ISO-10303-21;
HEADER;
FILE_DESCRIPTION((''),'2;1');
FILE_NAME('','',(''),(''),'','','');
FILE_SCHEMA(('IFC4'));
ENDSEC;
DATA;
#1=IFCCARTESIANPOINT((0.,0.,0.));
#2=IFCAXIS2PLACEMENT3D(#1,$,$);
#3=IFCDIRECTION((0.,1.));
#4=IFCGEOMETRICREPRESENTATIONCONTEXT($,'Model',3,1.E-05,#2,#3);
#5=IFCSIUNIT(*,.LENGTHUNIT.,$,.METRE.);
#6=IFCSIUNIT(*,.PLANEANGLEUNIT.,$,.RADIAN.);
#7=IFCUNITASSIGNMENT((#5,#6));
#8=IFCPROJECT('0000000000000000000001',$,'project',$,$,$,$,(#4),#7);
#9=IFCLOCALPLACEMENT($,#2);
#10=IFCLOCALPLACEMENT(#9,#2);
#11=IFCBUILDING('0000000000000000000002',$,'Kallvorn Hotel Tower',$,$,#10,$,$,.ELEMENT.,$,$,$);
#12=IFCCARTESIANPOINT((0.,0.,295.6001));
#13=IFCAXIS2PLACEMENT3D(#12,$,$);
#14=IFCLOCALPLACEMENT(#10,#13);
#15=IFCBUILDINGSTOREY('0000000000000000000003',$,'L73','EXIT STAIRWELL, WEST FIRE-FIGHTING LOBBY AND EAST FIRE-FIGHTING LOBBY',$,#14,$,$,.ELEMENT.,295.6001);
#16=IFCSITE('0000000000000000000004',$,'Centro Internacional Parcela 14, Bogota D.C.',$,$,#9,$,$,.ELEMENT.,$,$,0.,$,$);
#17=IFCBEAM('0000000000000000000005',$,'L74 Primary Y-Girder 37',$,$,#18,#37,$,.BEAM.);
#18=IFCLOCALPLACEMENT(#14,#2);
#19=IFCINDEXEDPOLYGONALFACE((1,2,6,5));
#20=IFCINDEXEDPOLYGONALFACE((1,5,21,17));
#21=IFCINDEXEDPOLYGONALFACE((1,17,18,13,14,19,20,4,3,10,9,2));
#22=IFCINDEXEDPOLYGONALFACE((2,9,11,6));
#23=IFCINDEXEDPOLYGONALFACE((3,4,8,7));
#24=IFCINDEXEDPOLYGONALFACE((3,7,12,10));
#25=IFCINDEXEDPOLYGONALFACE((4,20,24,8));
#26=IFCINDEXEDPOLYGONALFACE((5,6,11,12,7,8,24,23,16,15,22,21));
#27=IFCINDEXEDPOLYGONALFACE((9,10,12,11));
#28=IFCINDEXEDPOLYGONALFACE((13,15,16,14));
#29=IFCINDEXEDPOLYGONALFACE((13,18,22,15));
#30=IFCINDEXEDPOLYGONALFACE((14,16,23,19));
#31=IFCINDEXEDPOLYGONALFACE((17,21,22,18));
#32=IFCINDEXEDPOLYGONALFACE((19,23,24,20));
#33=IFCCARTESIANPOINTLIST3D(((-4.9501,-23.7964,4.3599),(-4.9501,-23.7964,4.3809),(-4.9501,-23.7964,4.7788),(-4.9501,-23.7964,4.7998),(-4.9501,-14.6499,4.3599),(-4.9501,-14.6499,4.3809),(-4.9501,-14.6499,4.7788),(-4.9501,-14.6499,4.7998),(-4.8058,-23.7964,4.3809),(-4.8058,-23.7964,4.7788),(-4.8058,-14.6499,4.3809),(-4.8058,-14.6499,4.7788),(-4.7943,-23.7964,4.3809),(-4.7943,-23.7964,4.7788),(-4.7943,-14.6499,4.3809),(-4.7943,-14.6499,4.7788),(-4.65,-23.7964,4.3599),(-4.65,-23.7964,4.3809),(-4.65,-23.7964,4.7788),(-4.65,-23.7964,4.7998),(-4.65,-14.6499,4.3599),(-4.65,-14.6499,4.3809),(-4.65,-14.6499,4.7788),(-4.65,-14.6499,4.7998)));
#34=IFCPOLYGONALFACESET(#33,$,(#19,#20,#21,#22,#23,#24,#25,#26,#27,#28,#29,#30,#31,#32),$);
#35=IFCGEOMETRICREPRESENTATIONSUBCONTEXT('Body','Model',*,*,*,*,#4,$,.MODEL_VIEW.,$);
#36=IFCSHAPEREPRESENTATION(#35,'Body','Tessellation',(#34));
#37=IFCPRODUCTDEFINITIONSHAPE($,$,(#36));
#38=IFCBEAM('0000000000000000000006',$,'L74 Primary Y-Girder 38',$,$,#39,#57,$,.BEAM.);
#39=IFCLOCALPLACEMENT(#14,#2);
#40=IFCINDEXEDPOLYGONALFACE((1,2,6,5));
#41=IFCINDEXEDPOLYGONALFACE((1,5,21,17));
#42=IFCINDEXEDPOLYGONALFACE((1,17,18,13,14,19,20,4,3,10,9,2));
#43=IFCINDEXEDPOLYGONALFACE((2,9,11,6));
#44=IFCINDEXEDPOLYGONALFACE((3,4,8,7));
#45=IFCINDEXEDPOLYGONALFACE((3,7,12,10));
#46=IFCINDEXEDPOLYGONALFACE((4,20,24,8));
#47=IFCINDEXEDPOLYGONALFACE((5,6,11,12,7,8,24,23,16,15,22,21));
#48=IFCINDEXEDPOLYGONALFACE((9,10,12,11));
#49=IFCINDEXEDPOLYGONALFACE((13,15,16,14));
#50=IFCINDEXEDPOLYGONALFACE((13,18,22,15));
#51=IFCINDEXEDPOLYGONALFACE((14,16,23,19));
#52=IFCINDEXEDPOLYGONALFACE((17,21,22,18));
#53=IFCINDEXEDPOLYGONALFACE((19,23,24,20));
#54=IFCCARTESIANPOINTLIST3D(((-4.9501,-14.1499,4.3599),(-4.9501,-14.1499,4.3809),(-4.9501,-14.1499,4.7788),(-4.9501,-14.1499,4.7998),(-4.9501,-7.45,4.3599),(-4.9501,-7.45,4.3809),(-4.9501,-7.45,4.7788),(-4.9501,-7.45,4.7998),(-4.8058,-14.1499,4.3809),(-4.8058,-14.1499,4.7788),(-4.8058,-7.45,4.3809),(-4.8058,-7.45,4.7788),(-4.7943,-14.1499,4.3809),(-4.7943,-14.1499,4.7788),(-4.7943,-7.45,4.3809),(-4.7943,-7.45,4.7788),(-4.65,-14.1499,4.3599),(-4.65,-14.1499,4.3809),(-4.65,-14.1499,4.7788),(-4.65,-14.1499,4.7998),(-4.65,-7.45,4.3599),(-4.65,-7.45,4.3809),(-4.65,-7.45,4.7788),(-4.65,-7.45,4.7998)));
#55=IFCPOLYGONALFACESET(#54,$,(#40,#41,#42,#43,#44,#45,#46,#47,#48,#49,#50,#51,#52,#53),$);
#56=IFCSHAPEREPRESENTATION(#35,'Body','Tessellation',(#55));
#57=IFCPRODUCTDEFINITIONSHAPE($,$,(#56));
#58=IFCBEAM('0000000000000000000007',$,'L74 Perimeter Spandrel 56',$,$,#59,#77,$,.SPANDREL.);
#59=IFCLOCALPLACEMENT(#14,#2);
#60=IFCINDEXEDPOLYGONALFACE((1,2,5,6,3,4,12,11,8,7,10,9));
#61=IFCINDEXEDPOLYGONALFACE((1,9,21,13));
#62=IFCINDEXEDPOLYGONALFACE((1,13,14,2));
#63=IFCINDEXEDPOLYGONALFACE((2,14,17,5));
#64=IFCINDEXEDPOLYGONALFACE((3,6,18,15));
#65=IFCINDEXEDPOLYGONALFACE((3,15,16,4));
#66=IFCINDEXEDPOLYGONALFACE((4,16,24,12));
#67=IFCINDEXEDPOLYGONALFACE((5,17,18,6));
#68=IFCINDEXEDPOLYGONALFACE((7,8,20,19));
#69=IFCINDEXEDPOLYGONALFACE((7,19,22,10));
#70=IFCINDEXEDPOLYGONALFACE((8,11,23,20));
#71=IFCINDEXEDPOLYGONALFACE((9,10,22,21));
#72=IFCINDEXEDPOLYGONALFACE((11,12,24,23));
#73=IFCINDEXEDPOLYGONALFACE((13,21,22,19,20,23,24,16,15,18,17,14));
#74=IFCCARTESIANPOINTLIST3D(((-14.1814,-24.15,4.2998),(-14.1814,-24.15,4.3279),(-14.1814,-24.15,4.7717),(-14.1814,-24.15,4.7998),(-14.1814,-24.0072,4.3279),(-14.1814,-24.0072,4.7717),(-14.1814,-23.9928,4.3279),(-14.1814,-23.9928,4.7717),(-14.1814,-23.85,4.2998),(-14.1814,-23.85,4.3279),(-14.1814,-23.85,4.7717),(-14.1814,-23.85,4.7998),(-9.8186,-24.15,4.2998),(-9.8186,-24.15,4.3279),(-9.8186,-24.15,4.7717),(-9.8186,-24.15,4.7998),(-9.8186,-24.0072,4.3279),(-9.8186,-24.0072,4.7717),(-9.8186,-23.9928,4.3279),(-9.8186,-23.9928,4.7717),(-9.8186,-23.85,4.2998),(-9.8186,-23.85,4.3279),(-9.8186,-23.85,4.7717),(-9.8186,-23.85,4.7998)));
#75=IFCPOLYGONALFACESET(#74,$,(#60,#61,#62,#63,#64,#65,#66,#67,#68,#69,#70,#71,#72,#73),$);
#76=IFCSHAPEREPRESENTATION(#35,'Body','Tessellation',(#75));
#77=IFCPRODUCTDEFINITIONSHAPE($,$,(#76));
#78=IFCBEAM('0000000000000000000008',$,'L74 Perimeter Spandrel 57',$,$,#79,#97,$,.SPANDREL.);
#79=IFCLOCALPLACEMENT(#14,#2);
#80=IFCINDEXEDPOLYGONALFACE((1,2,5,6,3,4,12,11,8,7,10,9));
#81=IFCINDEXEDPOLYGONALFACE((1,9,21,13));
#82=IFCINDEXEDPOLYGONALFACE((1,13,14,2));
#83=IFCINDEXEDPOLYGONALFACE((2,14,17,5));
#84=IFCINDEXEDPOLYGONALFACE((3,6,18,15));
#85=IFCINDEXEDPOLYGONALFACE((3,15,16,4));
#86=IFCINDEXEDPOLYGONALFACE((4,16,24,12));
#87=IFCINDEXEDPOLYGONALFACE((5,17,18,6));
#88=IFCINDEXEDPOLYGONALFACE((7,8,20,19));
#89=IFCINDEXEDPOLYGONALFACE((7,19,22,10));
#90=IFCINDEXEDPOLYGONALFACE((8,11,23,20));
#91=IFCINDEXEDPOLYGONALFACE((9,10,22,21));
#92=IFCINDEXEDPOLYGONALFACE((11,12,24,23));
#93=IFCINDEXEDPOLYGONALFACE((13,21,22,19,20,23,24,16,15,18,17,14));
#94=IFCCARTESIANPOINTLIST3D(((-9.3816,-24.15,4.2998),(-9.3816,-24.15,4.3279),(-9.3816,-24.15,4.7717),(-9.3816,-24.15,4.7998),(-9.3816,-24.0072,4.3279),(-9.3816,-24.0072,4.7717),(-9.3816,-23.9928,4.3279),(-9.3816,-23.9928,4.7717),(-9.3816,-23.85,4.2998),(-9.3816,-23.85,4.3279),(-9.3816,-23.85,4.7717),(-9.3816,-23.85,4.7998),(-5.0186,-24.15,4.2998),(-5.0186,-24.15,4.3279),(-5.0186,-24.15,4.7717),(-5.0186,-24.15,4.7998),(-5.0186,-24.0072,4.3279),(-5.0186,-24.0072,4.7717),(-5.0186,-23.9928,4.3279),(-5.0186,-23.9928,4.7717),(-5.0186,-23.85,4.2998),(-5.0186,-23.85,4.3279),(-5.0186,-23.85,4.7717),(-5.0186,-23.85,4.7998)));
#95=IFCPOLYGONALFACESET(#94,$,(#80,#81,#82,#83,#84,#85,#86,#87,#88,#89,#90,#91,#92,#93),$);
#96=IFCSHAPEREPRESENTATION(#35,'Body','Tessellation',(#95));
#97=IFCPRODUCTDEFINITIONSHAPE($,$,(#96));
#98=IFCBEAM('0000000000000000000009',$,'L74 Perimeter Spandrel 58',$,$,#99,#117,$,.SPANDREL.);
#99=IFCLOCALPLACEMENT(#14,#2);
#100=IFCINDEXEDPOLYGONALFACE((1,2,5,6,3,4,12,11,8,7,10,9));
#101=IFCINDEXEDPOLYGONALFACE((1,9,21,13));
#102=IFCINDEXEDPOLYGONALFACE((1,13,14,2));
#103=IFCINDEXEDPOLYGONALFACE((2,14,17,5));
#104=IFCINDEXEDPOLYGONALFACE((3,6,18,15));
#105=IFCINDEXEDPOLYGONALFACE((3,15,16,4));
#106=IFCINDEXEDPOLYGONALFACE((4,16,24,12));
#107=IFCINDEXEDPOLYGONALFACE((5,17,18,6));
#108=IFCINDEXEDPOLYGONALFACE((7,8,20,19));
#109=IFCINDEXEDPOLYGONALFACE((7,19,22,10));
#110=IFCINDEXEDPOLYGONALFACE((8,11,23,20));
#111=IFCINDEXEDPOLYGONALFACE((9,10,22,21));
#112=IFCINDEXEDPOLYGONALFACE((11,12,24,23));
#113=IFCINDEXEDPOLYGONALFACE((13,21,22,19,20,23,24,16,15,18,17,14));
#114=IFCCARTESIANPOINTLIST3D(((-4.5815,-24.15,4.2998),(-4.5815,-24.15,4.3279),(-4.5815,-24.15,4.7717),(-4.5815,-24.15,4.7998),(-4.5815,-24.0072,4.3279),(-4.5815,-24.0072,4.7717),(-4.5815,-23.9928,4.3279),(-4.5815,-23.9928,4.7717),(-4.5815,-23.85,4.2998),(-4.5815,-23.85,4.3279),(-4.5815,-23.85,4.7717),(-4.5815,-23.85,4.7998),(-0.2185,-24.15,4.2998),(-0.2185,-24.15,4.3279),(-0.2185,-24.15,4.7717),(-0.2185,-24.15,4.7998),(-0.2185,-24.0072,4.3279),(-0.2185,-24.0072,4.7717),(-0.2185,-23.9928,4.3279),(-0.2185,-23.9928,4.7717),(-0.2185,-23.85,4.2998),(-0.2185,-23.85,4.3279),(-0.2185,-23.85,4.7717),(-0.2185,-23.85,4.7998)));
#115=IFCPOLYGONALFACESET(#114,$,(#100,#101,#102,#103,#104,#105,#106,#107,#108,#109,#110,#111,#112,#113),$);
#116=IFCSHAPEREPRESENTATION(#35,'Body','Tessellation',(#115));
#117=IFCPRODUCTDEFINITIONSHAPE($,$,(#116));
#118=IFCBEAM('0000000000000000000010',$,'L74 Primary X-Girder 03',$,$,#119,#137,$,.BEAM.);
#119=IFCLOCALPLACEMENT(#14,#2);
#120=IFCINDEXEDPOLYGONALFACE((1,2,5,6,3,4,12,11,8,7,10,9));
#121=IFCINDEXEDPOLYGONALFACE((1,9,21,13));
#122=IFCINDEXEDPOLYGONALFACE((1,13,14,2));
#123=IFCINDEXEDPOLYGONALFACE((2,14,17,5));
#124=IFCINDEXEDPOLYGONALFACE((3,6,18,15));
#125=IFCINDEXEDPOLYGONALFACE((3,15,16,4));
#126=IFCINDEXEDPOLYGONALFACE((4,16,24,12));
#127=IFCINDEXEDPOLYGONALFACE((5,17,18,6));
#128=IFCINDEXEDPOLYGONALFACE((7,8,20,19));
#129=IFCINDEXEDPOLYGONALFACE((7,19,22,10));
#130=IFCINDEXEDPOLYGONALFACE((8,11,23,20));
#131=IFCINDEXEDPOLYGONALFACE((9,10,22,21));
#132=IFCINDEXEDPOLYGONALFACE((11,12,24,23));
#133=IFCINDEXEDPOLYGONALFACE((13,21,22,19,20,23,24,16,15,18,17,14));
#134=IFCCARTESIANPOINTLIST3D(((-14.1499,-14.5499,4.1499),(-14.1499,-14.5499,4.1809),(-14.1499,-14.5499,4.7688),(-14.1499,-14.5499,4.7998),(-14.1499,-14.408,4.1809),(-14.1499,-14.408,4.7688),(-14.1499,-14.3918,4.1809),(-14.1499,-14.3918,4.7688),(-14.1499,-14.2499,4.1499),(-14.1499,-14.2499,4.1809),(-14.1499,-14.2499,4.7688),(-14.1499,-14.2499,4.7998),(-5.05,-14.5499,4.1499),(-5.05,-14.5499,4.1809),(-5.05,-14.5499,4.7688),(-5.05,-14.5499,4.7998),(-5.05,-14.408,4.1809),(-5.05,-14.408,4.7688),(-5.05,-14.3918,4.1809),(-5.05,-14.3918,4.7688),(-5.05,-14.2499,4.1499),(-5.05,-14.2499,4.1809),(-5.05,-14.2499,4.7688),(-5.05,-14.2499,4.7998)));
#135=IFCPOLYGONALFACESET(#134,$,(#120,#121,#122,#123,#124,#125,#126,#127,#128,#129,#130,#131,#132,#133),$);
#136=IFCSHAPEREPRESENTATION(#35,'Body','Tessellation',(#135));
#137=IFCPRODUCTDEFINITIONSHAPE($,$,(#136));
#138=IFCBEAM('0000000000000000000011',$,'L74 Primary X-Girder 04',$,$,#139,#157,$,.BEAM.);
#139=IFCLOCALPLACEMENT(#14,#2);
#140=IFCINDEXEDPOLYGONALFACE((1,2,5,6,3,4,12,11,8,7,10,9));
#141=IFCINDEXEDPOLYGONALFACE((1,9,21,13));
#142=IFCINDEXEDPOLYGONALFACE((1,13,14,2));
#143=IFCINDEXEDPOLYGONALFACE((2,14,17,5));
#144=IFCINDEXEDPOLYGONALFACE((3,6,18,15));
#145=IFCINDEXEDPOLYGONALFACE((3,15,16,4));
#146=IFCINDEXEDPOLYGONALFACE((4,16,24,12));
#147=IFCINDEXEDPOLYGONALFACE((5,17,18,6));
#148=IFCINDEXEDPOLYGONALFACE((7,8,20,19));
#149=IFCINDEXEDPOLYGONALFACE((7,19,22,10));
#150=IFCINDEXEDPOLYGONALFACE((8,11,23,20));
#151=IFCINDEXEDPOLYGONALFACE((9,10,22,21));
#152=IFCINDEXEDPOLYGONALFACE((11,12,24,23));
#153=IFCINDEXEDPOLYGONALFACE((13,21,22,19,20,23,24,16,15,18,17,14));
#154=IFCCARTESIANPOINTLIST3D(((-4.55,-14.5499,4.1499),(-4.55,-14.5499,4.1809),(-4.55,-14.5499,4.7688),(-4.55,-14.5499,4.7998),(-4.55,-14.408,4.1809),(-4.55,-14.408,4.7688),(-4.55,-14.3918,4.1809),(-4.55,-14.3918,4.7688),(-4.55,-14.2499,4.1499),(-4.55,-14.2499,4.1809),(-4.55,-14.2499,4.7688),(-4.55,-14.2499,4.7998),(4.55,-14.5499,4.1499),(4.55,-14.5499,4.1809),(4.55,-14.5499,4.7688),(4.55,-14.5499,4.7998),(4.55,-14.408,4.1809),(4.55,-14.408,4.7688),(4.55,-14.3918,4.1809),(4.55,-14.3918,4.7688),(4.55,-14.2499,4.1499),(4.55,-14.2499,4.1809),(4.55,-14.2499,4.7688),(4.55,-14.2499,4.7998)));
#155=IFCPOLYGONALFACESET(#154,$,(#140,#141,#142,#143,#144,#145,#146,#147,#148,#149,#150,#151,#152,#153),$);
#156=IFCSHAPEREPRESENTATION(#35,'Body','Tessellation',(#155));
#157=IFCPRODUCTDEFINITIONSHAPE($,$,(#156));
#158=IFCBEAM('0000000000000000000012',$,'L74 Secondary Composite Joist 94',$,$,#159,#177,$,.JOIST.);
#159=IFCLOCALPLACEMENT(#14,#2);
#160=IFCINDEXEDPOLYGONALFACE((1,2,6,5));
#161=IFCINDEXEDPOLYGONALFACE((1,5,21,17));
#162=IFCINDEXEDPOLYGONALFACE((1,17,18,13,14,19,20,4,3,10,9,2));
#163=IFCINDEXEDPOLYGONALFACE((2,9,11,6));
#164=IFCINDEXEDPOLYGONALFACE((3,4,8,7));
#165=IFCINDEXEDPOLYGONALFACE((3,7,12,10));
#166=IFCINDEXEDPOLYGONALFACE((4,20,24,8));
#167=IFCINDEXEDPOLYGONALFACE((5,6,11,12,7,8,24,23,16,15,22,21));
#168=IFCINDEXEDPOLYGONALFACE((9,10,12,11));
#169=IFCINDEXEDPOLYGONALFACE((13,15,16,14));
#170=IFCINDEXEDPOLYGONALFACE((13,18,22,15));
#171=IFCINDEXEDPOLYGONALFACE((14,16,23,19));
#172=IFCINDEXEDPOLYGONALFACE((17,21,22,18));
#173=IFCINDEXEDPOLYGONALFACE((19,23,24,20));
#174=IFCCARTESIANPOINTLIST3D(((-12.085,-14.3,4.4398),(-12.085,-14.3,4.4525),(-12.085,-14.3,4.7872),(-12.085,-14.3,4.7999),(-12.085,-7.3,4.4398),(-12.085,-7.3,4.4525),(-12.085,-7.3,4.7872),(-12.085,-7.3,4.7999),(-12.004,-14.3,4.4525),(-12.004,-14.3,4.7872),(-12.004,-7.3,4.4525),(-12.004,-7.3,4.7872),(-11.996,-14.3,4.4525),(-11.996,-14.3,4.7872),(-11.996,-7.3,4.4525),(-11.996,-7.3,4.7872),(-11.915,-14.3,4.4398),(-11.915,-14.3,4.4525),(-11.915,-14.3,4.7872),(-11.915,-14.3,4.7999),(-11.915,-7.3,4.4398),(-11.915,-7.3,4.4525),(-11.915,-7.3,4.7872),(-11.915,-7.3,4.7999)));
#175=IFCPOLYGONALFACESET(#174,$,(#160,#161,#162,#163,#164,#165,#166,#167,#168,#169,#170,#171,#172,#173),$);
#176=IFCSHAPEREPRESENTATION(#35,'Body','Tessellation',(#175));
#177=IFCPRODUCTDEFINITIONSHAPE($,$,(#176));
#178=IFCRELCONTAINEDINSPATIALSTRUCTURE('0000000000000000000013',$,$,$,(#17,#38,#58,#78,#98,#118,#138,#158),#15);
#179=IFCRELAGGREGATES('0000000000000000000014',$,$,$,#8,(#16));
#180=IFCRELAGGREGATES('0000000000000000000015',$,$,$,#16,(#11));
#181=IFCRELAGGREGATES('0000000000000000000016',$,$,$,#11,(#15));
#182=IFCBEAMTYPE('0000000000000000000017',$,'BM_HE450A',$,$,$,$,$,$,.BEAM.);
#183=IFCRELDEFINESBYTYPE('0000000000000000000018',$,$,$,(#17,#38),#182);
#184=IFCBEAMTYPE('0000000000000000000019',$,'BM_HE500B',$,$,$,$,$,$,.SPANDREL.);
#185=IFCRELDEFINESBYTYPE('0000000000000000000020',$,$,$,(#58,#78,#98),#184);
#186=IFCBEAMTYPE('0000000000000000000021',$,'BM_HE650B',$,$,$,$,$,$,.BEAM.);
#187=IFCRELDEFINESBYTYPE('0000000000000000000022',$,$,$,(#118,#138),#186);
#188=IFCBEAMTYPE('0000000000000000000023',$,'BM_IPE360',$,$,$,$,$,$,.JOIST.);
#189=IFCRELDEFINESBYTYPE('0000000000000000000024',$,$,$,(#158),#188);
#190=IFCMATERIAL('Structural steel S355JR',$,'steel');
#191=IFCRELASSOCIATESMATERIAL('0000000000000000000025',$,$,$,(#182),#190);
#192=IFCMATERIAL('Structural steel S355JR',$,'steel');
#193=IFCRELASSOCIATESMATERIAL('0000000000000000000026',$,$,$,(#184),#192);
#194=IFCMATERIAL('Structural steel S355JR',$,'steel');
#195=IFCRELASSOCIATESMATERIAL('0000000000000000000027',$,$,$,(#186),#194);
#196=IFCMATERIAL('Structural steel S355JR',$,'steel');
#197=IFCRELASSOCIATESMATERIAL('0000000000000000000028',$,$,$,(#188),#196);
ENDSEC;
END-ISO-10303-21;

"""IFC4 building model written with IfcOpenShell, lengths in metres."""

from ifc_helpers import new_model, si_unit, direction, frame, origin, origin_2d, place, context, subcontext, project, spatial, i_section, extrude, material, material_profile, profile_set, type_object, element, save


model = new_model("IFC4")

# Units and contexts
model_context = context("Model", 3, precision=1e-05, world=origin(), true_north=direction((0.0, 1.0)))
body_context = subcontext(model_context, "Body", "Model", "MODEL_VIEW")
ifc_project = project(units=[si_unit("LENGTHUNIT", "METRE"), si_unit("PLANEANGLEUNIT", "RADIAN")], contexts=[model_context])

# Site, building, storey
site_placement = place(None, origin())
site = spatial("IfcSite", under=ifc_project, at=site_placement, Name="Centro Internacional Parcela 14, Bogota D.C.", CompositionType="ELEMENT", RefElevation=0.0)
building_placement = place(site_placement, origin())
building = spatial("IfcBuilding", under=site, at=building_placement, Name="Kallvorn Hotel Tower", CompositionType="ELEMENT")
storey_placement = place(building_placement, frame((0.0, 0.0, 295.6001)))
storey = spatial("IfcBuildingStorey", under=building, at=storey_placement, Name="L73", Description="EXIT STAIRWELL, WEST FIRE-FIGHTING LOBBY AND EAST FIRE-FIGHTING LOBBY", CompositionType="ELEMENT", Elevation=295.6001)

# Beams
ifc_material_1 = material(Name="Structural steel S355JR", Category="steel")
ifc_material_profile_1 = material_profile(ifc_material_1, i_section(OverallWidth=0.3, OverallDepth=0.4399, WebThickness=0.0115, FlangeThickness=0.021, at=origin_2d()), Name="HE 450 A")
ifc_profile_set_1 = profile_set([ifc_material_profile_1], Name="Structural steel S355JR")
beam_type_1 = type_object("IfcBeamType", Name="BM_HE450A", PredefinedType="BEAM", material=ifc_profile_set_1)
beam_1_placement = place(storey_placement, frame((-4.8, -23.7964, 4.5798), z_axis=(0.0, 1.0, 0.0), x_axis=(-1.0, 0.0, 0.0)))
element("IfcBeam", 1, at=beam_1_placement, inside=storey, type_object=beam_type_1, Name="L74 Primary Y-Girder 37", PredefinedType="BEAM", context=body_context, shape_type="SweptSolid", body=[
    extrude(i_section(OverallWidth=0.3, OverallDepth=0.4399, WebThickness=0.0115, FlangeThickness=0.021, at=origin_2d()), origin(), (0.0, 0.0, 1.0), 9.1465),
])
beam_2_placement = place(storey_placement, frame((-4.8, -14.1499, 4.5798), z_axis=(0.0, 1.0, 0.0), x_axis=(-1.0, 0.0, 0.0)))
element("IfcBeam", 2, at=beam_2_placement, inside=storey, type_object=beam_type_1, Name="L74 Primary Y-Girder 38", PredefinedType="BEAM", context=body_context, shape_type="SweptSolid", body=[
    extrude(i_section(OverallWidth=0.3, OverallDepth=0.4399, WebThickness=0.0115, FlangeThickness=0.021, at=origin_2d()), origin(), (0.0, 0.0, 1.0), 6.7),
])
ifc_material_2 = material(Name="Structural steel S355JR", Category="steel")
ifc_material_profile_2 = material_profile(ifc_material_2, i_section(OverallWidth=0.3, OverallDepth=0.5, WebThickness=0.0144, FlangeThickness=0.0281, at=origin_2d()), Name="HE 500 B")
ifc_profile_set_2 = profile_set([ifc_material_profile_2], Name="Structural steel S355JR")
beam_type_2 = type_object("IfcBeamType", Name="BM_HE500B", PredefinedType="SPANDREL", material=ifc_profile_set_2)
beam_3_placement = place(storey_placement, frame((-14.1814, -24.0, 4.5498), z_axis=(1.0, 0.0, 0.0), x_axis=(0.0, 1.0, 0.0)))
element("IfcBeam", 3, at=beam_3_placement, inside=storey, type_object=beam_type_2, Name="L74 Perimeter Spandrel 56", PredefinedType="SPANDREL", context=body_context, shape_type="SweptSolid", body=[
    extrude(i_section(OverallWidth=0.3, OverallDepth=0.5, WebThickness=0.0144, FlangeThickness=0.0281, at=origin_2d()), origin(), (0.0, 0.0, 1.0), 4.3628),
])
for number, where, z_axis, x_axis, name in (
    (4, (-9.3816, -24.0, 4.5498), (1.0, 0.0, 0.0), (0.0, 1.0, 0.0), "L74 Perimeter Spandrel 57"),
    (5, (-4.5815, -24.0, 4.5498), (1.0, 0.0, 0.0), (0.0, 1.0, 0.0), "L74 Perimeter Spandrel 58"),
):
    element("IfcBeam", number, at=place(storey_placement, frame(where, z_axis=z_axis, x_axis=x_axis)), inside=storey, type_object=beam_type_2, Name=name, PredefinedType="SPANDREL", context=body_context, shape_type="SweptSolid", body=[
        extrude(i_section(OverallWidth=0.3, OverallDepth=0.5, WebThickness=0.0144, FlangeThickness=0.0281, at=origin_2d()), origin(), (0.0, 0.0, 1.0), 4.363),
    ])
ifc_material_3 = material(Name="Structural steel S355JR", Category="steel")
ifc_material_profile_3 = material_profile(ifc_material_3, i_section(OverallWidth=0.3, OverallDepth=0.6499, WebThickness=0.0161, FlangeThickness=0.031, at=origin_2d()), Name="HE 650 B")
ifc_profile_set_3 = profile_set([ifc_material_profile_3], Name="Structural steel S355JR")
beam_type_3 = type_object("IfcBeamType", Name="BM_HE650B", PredefinedType="BEAM", material=ifc_profile_set_3)
beam_4_placement = place(storey_placement, frame((-14.1499, -14.3999, 4.4749), z_axis=(1.0, 0.0, 0.0), x_axis=(0.0, 1.0, 0.0)))
element("IfcBeam", 6, at=beam_4_placement, inside=storey, type_object=beam_type_3, Name="L74 Primary X-Girder 03", PredefinedType="BEAM", context=body_context, shape_type="SweptSolid", body=[
    extrude(i_section(OverallWidth=0.3, OverallDepth=0.6499, WebThickness=0.0161, FlangeThickness=0.031, at=origin_2d()), origin(), (0.0, 0.0, 1.0), 9.0999),
])
beam_5_placement = place(storey_placement, frame((-4.55, -14.3999, 4.4749), z_axis=(1.0, 0.0, 0.0), x_axis=(0.0, 1.0, 0.0)))
element("IfcBeam", 7, at=beam_5_placement, inside=storey, type_object=beam_type_3, Name="L74 Primary X-Girder 04", PredefinedType="BEAM", context=body_context, shape_type="SweptSolid", body=[
    extrude(i_section(OverallWidth=0.3, OverallDepth=0.6499, WebThickness=0.0161, FlangeThickness=0.031, at=origin_2d()), origin(), (0.0, 0.0, 1.0), 9.1001),
])
ifc_material_4 = material(Name="Structural steel S355JR", Category="steel")
ifc_material_profile_4 = material_profile(ifc_material_4, i_section(OverallWidth=0.1699, OverallDepth=0.3601, WebThickness=0.0081, FlangeThickness=0.0127, at=origin_2d()), Name="IPE 360")
ifc_profile_set_4 = profile_set([ifc_material_profile_4], Name="Structural steel S355JR")
beam_type_4 = type_object("IfcBeamType", Name="BM_IPE360", PredefinedType="JOIST", material=ifc_profile_set_4)
for number, where, z_axis, x_axis, name in (
    (8, (-12.0, -14.3, 4.6199), (0.0, 1.0, 0.0), (-1.0, 0.0, 0.0), "L74 Secondary Composite Joist 94"),
):
    element("IfcBeam", number, at=place(storey_placement, frame(where, z_axis=z_axis, x_axis=x_axis)), inside=storey, type_object=beam_type_4, Name=name, PredefinedType="JOIST", context=body_context, shape_type="SweptSolid", body=[
        extrude(i_section(OverallWidth=0.1699, OverallDepth=0.3601, WebThickness=0.0081, FlangeThickness=0.0127, at=origin_2d()), origin(), (0.0, 0.0, 1.0), 7.0),
    ])

save(model, "model.ifc")
